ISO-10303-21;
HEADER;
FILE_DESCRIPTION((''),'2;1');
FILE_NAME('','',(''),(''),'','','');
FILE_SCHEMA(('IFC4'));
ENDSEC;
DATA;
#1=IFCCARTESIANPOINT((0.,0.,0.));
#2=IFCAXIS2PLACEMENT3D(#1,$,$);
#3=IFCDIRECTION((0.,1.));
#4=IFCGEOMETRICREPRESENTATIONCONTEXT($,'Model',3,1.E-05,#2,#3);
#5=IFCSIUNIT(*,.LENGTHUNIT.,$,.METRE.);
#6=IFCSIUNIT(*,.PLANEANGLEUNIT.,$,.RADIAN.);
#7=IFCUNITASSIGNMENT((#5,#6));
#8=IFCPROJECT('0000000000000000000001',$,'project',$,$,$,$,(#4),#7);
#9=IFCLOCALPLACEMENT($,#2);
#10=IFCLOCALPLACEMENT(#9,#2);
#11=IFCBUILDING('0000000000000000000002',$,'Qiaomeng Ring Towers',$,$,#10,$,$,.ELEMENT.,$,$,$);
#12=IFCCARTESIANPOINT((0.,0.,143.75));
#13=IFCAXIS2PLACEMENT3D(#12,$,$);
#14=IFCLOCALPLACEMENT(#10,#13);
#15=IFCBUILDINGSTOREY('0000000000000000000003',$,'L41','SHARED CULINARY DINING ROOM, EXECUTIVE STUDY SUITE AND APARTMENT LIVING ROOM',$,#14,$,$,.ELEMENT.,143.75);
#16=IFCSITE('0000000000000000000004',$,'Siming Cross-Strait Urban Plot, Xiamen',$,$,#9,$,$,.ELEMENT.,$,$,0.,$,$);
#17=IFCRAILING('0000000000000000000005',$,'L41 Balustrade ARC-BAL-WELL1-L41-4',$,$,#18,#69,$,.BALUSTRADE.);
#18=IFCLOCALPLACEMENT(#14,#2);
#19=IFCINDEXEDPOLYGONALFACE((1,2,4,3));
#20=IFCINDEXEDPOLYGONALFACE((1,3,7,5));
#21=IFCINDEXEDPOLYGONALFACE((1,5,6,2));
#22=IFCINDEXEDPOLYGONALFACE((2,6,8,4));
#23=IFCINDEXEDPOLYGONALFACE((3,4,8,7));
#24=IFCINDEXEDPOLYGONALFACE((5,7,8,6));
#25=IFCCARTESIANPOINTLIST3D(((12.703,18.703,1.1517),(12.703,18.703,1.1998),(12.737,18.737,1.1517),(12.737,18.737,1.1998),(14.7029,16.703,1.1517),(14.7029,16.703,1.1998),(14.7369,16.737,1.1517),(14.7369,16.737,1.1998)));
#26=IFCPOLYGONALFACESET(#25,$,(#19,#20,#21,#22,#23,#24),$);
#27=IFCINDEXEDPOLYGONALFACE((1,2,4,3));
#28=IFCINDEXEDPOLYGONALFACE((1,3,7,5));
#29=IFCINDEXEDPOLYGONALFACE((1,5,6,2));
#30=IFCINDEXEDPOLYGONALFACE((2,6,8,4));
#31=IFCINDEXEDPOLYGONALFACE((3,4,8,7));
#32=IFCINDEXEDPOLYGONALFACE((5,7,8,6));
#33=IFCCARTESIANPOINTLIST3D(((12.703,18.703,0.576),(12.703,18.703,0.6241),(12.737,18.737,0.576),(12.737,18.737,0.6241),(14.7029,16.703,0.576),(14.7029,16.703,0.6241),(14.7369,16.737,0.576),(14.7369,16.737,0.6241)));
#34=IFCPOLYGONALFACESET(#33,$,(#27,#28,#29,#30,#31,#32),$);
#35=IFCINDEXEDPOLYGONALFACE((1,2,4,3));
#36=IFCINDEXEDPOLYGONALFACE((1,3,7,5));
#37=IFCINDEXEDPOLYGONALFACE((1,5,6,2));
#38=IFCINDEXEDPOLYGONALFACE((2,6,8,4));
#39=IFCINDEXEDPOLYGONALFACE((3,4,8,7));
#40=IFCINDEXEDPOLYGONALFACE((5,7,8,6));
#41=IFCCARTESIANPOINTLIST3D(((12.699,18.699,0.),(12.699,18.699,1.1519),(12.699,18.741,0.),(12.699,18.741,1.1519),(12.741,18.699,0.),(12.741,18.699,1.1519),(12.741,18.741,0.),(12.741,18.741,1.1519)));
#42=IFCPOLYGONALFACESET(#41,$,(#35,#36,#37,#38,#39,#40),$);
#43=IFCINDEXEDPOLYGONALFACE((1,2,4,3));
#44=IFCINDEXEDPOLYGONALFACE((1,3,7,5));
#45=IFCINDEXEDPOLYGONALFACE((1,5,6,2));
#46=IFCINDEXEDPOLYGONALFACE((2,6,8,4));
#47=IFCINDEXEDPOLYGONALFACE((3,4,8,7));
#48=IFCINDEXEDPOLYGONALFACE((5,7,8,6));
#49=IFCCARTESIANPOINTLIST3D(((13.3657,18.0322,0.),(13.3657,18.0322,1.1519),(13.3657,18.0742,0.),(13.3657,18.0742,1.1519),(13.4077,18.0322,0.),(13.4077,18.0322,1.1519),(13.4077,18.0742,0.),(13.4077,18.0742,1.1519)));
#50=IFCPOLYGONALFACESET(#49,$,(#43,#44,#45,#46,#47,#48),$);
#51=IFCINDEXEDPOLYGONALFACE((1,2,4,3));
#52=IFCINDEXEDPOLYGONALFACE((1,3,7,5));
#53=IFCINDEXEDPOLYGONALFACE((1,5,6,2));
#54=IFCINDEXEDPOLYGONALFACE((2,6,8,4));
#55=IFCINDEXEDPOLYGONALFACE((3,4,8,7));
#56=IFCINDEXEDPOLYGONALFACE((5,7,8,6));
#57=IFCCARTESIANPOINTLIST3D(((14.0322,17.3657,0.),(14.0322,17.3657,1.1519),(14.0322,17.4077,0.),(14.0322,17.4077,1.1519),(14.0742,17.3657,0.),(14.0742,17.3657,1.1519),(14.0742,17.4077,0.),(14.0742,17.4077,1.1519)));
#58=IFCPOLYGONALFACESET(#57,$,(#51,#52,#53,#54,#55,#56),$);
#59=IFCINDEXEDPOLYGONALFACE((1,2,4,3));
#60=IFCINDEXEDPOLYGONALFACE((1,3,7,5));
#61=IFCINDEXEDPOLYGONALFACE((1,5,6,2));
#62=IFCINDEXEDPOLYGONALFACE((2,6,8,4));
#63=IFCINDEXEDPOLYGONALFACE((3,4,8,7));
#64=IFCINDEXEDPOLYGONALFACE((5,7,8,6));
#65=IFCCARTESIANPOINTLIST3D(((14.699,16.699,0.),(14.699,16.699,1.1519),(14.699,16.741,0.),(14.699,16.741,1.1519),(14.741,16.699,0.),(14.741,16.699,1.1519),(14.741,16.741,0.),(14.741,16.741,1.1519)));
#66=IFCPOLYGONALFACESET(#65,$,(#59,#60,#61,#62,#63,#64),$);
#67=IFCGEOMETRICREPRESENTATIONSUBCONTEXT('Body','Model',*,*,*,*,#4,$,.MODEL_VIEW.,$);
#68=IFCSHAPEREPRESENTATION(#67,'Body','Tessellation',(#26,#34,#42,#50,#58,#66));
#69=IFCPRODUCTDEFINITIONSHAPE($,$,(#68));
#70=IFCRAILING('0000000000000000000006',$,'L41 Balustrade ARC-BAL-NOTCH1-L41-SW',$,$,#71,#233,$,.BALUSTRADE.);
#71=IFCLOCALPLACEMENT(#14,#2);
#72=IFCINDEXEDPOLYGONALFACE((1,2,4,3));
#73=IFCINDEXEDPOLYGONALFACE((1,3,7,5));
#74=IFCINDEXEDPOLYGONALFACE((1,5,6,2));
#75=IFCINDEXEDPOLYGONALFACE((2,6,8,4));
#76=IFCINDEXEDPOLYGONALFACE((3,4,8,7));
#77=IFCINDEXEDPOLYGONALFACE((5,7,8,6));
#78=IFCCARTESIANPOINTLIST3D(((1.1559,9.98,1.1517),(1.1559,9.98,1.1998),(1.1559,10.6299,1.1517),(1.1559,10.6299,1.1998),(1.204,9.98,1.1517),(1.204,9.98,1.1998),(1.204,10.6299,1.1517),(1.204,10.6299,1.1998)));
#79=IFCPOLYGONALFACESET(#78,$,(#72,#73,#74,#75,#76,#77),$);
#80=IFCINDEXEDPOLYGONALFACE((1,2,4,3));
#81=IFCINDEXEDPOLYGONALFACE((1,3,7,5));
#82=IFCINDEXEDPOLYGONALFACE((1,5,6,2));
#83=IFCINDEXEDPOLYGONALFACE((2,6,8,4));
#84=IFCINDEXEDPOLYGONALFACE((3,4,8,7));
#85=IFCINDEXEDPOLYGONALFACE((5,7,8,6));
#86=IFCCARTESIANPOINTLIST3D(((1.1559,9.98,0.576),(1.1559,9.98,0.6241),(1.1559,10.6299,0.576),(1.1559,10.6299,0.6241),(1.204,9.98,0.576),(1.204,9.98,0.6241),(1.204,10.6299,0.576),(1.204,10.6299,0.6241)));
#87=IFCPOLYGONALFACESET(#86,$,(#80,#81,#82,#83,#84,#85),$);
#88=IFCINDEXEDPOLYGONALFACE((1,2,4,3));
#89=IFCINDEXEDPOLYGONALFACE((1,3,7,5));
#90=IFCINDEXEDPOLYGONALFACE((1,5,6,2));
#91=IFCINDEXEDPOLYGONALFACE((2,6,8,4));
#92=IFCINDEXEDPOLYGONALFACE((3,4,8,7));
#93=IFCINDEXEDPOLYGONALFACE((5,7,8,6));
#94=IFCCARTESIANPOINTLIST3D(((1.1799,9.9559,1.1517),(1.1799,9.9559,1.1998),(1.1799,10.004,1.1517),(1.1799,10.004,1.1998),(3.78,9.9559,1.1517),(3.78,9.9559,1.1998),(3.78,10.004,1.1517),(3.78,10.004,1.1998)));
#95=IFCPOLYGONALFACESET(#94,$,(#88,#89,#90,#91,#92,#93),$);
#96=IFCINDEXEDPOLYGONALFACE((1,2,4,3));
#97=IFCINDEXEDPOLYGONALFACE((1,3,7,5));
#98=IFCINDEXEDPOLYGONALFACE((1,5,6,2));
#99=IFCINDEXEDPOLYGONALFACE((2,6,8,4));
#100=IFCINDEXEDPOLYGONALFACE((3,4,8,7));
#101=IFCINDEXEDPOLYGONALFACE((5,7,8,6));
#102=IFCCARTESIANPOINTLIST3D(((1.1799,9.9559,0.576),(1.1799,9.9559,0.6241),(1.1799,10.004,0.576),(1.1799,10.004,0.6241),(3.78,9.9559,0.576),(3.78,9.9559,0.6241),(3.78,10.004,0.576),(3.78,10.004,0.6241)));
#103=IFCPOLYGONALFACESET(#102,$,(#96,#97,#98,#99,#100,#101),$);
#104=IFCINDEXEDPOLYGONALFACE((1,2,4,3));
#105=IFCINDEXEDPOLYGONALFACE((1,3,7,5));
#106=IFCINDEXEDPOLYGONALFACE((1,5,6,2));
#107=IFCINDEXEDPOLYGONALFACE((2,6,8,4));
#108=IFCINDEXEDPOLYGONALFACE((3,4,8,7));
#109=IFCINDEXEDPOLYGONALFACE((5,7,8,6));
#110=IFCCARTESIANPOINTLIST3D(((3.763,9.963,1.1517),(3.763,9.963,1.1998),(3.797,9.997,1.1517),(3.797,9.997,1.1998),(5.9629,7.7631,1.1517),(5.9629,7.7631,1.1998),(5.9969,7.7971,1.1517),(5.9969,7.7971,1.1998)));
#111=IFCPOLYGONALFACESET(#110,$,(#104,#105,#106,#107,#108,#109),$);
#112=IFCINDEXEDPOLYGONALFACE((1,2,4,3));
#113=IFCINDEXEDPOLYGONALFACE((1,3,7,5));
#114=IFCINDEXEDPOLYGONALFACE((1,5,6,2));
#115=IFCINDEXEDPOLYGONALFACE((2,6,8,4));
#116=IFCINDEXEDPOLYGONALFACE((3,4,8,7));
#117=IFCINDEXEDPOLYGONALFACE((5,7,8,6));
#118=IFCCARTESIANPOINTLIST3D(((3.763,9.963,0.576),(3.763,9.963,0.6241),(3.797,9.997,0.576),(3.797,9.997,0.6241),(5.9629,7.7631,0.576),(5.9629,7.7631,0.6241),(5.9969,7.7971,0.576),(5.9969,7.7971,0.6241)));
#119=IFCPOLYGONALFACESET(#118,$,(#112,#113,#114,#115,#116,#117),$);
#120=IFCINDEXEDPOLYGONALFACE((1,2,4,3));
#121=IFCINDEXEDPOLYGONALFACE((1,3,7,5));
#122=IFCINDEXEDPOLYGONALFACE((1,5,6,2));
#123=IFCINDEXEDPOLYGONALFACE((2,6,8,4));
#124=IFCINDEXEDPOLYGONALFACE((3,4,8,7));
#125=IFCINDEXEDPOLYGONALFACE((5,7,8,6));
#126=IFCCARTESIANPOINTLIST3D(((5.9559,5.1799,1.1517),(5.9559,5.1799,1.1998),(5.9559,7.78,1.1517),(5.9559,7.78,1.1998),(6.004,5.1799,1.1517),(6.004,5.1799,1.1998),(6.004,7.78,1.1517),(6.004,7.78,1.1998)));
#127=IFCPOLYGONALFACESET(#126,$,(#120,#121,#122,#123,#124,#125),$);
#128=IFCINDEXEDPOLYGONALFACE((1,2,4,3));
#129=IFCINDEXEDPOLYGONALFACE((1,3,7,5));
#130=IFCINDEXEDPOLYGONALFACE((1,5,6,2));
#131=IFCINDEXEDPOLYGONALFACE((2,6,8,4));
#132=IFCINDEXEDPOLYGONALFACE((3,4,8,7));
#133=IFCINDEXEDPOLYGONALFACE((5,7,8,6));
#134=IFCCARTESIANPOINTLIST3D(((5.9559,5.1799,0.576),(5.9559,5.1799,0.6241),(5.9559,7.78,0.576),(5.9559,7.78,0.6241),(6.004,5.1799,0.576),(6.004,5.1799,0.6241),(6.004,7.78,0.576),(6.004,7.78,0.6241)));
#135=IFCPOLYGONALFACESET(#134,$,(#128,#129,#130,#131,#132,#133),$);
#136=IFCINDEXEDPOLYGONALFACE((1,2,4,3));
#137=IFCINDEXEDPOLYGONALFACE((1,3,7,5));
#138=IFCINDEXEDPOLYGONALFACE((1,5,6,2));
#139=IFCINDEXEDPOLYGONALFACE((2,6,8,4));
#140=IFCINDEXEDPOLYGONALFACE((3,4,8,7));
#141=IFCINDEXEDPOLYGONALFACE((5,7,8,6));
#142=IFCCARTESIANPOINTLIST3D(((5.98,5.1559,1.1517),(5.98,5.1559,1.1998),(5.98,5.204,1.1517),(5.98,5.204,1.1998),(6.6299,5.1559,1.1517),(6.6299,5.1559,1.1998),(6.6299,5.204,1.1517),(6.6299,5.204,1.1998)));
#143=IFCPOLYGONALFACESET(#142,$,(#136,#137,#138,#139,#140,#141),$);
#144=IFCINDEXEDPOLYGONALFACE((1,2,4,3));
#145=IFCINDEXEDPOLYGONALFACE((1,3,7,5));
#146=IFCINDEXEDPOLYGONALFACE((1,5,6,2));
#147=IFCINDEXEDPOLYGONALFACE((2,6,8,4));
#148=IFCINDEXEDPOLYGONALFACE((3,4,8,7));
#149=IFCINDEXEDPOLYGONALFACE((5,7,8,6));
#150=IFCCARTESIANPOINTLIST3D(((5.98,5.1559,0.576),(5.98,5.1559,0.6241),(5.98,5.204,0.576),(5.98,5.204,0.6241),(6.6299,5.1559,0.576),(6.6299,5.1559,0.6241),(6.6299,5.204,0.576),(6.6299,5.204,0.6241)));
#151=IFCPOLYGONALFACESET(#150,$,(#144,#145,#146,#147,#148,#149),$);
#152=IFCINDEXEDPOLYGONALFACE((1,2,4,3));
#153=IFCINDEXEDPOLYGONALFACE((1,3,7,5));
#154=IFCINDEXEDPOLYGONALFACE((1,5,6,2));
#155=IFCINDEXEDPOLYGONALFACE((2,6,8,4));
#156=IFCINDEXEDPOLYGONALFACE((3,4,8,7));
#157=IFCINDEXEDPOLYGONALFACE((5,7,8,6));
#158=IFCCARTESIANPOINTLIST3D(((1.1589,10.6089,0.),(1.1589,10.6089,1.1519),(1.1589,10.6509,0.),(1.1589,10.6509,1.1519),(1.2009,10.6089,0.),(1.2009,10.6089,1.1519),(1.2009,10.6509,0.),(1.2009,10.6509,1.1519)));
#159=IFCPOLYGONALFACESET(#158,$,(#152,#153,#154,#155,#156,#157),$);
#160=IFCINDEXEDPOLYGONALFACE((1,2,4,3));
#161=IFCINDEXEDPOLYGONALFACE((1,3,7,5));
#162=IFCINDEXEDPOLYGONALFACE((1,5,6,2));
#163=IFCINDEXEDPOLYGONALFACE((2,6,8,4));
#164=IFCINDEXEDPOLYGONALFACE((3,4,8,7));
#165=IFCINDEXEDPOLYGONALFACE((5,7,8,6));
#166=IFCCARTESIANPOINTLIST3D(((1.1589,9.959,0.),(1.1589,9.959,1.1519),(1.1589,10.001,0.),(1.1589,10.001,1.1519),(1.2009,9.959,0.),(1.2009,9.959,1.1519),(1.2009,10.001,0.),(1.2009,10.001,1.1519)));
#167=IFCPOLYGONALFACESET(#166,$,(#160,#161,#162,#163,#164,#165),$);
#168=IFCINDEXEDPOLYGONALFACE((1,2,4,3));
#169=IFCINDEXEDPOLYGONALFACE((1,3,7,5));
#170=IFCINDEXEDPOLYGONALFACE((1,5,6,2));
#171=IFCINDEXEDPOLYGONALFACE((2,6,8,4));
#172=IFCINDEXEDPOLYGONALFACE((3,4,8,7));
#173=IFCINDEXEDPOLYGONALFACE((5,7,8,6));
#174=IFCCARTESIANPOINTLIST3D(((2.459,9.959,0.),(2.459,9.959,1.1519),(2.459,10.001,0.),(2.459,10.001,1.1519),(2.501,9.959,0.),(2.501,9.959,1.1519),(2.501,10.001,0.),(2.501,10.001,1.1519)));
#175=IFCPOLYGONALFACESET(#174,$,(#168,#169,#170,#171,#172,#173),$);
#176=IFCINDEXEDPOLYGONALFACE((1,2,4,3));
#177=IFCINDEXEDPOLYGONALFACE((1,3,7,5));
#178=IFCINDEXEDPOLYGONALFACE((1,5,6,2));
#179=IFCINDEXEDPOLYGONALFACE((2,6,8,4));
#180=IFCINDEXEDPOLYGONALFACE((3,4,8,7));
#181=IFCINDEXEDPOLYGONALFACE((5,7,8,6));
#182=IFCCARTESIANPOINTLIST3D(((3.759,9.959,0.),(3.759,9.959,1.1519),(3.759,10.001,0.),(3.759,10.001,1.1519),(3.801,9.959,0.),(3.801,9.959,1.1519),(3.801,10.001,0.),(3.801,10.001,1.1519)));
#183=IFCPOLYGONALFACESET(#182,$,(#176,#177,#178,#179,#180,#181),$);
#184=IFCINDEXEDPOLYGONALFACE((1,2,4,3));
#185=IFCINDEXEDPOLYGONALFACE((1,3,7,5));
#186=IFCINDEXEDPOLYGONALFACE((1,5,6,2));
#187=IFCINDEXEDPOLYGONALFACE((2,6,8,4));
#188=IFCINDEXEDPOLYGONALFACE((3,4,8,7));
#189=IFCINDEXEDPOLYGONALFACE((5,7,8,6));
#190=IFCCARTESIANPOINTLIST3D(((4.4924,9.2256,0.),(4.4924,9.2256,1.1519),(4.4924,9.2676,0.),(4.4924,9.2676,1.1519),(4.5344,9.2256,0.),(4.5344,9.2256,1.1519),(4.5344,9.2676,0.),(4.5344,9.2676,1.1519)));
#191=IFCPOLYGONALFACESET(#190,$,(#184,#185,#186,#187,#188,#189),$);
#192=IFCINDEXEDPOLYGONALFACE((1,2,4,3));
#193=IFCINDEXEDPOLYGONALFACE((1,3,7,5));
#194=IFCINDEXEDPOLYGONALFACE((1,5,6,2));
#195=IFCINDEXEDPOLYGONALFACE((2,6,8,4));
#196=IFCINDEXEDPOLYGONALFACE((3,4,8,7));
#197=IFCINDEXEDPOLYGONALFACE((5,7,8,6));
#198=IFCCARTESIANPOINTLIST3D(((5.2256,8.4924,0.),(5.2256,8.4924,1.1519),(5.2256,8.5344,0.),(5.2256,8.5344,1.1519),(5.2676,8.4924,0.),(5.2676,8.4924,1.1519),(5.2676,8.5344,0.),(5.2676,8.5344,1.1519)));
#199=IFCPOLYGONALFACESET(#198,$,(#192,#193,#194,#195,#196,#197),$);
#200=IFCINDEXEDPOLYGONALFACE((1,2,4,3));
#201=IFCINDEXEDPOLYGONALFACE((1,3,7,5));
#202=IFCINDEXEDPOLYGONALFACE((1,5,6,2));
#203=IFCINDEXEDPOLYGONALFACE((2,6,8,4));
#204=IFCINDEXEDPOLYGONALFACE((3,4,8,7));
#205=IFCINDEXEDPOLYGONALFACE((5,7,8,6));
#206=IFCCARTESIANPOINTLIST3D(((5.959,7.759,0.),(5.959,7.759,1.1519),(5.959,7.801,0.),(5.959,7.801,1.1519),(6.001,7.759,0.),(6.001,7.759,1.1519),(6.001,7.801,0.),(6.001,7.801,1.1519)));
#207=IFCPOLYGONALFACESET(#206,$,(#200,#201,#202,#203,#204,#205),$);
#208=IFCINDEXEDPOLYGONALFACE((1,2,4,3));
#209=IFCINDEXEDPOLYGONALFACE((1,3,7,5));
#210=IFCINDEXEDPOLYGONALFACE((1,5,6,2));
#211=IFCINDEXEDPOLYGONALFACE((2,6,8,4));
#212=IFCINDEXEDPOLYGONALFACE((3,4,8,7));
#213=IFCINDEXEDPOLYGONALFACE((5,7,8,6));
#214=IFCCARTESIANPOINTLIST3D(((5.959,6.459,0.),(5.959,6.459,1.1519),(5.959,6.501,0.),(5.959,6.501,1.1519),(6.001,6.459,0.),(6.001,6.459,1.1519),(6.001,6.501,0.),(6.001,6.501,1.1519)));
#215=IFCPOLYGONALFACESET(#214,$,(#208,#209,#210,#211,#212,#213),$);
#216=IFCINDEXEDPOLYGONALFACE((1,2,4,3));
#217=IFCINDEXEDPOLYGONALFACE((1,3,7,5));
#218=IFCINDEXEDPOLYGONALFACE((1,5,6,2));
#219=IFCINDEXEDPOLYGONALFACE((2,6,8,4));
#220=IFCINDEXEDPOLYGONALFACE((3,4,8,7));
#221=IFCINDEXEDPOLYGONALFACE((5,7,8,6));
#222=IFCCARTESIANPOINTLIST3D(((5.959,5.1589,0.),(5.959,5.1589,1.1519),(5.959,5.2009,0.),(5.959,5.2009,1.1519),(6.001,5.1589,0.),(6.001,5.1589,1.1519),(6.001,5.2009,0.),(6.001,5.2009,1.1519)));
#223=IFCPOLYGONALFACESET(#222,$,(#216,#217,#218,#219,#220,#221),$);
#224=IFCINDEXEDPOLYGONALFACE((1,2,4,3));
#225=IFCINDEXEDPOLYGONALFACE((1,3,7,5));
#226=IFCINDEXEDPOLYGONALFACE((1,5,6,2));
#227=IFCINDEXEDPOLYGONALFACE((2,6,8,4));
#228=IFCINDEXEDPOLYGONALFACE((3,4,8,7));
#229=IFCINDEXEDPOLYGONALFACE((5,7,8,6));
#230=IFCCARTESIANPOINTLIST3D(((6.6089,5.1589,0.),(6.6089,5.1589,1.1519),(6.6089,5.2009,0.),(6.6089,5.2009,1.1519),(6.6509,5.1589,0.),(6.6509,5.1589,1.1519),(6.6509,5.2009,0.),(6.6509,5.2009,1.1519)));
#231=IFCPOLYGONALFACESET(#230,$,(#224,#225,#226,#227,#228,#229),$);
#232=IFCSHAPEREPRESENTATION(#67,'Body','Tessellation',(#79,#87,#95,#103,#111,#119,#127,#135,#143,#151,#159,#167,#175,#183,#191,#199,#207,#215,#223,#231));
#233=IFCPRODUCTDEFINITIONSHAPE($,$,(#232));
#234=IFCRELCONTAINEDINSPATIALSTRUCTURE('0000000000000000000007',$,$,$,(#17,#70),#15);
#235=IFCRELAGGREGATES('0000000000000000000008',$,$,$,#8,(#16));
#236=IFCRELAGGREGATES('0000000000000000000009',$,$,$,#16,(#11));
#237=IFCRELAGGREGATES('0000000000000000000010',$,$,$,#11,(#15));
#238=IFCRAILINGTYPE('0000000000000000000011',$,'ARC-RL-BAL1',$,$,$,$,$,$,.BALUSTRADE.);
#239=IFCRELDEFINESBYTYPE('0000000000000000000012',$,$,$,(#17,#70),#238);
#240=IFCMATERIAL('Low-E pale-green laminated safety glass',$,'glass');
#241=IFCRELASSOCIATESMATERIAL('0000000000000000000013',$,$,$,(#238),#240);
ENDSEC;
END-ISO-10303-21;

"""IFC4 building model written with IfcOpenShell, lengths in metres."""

from ifc_helpers import new_model, si_unit, direction, frame, origin, origin_2d, place, context, subcontext, project, spatial, rectangle, extrude, material, type_object, element, save


model = new_model("IFC4")

# Units and contexts
model_context = context("Model", 3, precision=1e-05, world=origin(), true_north=direction((0.0, 1.0)))
body_context = subcontext(model_context, "Body", "Model", "MODEL_VIEW")
ifc_project = project(units=[si_unit("LENGTHUNIT", "METRE"), si_unit("PLANEANGLEUNIT", "RADIAN")], contexts=[model_context])

# Site, building, storey
site_placement = place(None, origin())
site = spatial("IfcSite", under=ifc_project, at=site_placement, Name="Siming Cross-Strait Urban Plot, Xiamen", CompositionType="ELEMENT", RefElevation=0.0)
building_placement = place(site_placement, origin())
building = spatial("IfcBuilding", under=site, at=building_placement, Name="Qiaomeng Ring Towers", CompositionType="ELEMENT")
storey_placement = place(building_placement, frame((0.0, 0.0, 143.75)))
storey = spatial("IfcBuildingStorey", under=building, at=storey_placement, Name="L41", Description="SHARED CULINARY DINING ROOM, EXECUTIVE STUDY SUITE AND APARTMENT LIVING ROOM", CompositionType="ELEMENT", Elevation=143.75)

# Railings
ifc_material_1 = material(Name="Low-E pale-green laminated safety glass", Category="glass")
railing_type_1 = type_object("IfcRailingType", Name="ARC-RL-BAL1", PredefinedType="BALUSTRADE", material=ifc_material_1)
railing_1_placement = place(storey_placement, frame((12.72, 18.72, 0.0)))
element("IfcRailing", 1, at=railing_1_placement, inside=storey, type_object=railing_type_1, Name="L41 Balustrade ARC-BAL-WELL1-L41-4", PredefinedType="BALUSTRADE", context=body_context, shape_type="SweptSolid", body=[
    extrude(rectangle(XDim=0.0481, YDim=0.0481, at=origin_2d()), frame((0.0, 0.0, 1.1758), z_axis=(0.707107, -0.707107, 0.0), x_axis=(0.707107, 0.707107, 0.0)), (0.0, 0.0, 1.0), 2.8284),
    extrude(rectangle(XDim=0.0481, YDim=0.0481, at=origin_2d()), frame((0.0, 0.0, 0.6001), z_axis=(0.707107, -0.707107, 0.0), x_axis=(0.707107, 0.707107, 0.0)), (0.0, 0.0, 1.0), 2.8284),
    extrude(rectangle(XDim=0.042, YDim=0.042, at=origin_2d()), origin(), (0.0, 0.0, 1.0), 1.1519),
    extrude(rectangle(XDim=0.042, YDim=0.042, at=origin_2d()), frame((0.6667, -0.6667, 0.0)), (0.0, 0.0, 1.0), 1.1519),
    extrude(rectangle(XDim=0.042, YDim=0.042, at=origin_2d()), frame((1.3333, -1.3333, 0.0)), (0.0, 0.0, 1.0), 1.1519),
    extrude(rectangle(XDim=0.042, YDim=0.042, at=origin_2d()), frame((2.0, -2.0, 0.0)), (0.0, 0.0, 1.0), 1.1519),
])
railing_2_placement = place(storey_placement, frame((1.1799, 10.6299, 0.0)))
element("IfcRailing", 2, at=railing_2_placement, inside=storey, type_object=railing_type_1, Name="L41 Balustrade ARC-BAL-NOTCH1-L41-SW", PredefinedType="BALUSTRADE", context=body_context, shape_type="SweptSolid", body=[
    extrude(rectangle(XDim=0.0481, YDim=0.0481, at=origin_2d()), frame((0.0, 0.0, 1.1758), z_axis=(0.0, -1.0, 0.0), x_axis=(1.0, 0.0, 0.0)), (0.0, 0.0, 1.0), 0.6499),
    extrude(rectangle(XDim=0.0481, YDim=0.0481, at=origin_2d()), frame((0.0, 0.0, 0.6001), z_axis=(0.0, -1.0, 0.0), x_axis=(1.0, 0.0, 0.0)), (0.0, 0.0, 1.0), 0.6499),
    extrude(rectangle(XDim=0.0481, YDim=0.0481, at=origin_2d()), frame((0.0, -0.6499, 1.1758), z_axis=(1.0, 0.0, 0.0), x_axis=(0.0, 1.0, 0.0)), (0.0, 0.0, 1.0), 2.6001),
    extrude(rectangle(XDim=0.0481, YDim=0.0481, at=origin_2d()), frame((0.0, -0.6499, 0.6001), z_axis=(1.0, 0.0, 0.0), x_axis=(0.0, 1.0, 0.0)), (0.0, 0.0, 1.0), 2.6001),
    extrude(rectangle(XDim=0.0481, YDim=0.0481, at=origin_2d()), frame((2.6001, -0.6499, 1.1758), z_axis=(0.707107, -0.707107, 0.0), x_axis=(0.707107, 0.707107, 0.0)), (0.0, 0.0, 1.0), 3.1111),
    extrude(rectangle(XDim=0.0481, YDim=0.0481, at=origin_2d()), frame((2.6001, -0.6499, 0.6001), z_axis=(0.707107, -0.707107, 0.0), x_axis=(0.707107, 0.707107, 0.0)), (0.0, 0.0, 1.0), 3.1111),
    extrude(rectangle(XDim=0.0481, YDim=0.0481, at=origin_2d()), frame((4.8, -2.8499, 1.1758), z_axis=(0.0, -1.0, 0.0), x_axis=(1.0, 0.0, 0.0)), (0.0, 0.0, 1.0), 2.6001),
    extrude(rectangle(XDim=0.0481, YDim=0.0481, at=origin_2d()), frame((4.8, -2.8499, 0.6001), z_axis=(0.0, -1.0, 0.0), x_axis=(1.0, 0.0, 0.0)), (0.0, 0.0, 1.0), 2.6001),
    extrude(rectangle(XDim=0.0481, YDim=0.0481, at=origin_2d()), frame((4.8, -5.45, 1.1758), z_axis=(1.0, 0.0, 0.0), x_axis=(0.0, 1.0, 0.0)), (0.0, 0.0, 1.0), 0.6499),
    extrude(rectangle(XDim=0.0481, YDim=0.0481, at=origin_2d()), frame((4.8, -5.45, 0.6001), z_axis=(1.0, 0.0, 0.0), x_axis=(0.0, 1.0, 0.0)), (0.0, 0.0, 1.0), 0.6499),
    extrude(rectangle(XDim=0.042, YDim=0.042, at=origin_2d()), origin(), (0.0, 0.0, 1.0), 1.1519),
    extrude(rectangle(XDim=0.042, YDim=0.042, at=origin_2d()), frame((0.0, -0.6499, 0.0)), (0.0, 0.0, 1.0), 1.1519),
    extrude(rectangle(XDim=0.042, YDim=0.042, at=origin_2d()), frame((1.3, -0.6499, 0.0)), (0.0, 0.0, 1.0), 1.1519),
    extrude(rectangle(XDim=0.042, YDim=0.042, at=origin_2d()), frame((2.6001, -0.6499, 0.0)), (0.0, 0.0, 1.0), 1.1519),
    extrude(rectangle(XDim=0.042, YDim=0.042, at=origin_2d()), frame((3.3335, -1.3833, 0.0)), (0.0, 0.0, 1.0), 1.1519),
    extrude(rectangle(XDim=0.042, YDim=0.042, at=origin_2d()), frame((4.0667, -2.1165, 0.0)), (0.0, 0.0, 1.0), 1.1519),
    extrude(rectangle(XDim=0.042, YDim=0.042, at=origin_2d()), frame((4.8, -2.8499, 0.0)), (0.0, 0.0, 1.0), 1.1519),
    extrude(rectangle(XDim=0.042, YDim=0.042, at=origin_2d()), frame((4.8, -4.1499, 0.0)), (0.0, 0.0, 1.0), 1.1519),
    extrude(rectangle(XDim=0.042, YDim=0.042, at=origin_2d()), frame((4.8, -5.45, 0.0)), (0.0, 0.0, 1.0), 1.1519),
    extrude(rectangle(XDim=0.042, YDim=0.042, at=origin_2d()), frame((5.45, -5.45, 0.0)), (0.0, 0.0, 1.0), 1.1519),
])

save(model, "model.ifc")
